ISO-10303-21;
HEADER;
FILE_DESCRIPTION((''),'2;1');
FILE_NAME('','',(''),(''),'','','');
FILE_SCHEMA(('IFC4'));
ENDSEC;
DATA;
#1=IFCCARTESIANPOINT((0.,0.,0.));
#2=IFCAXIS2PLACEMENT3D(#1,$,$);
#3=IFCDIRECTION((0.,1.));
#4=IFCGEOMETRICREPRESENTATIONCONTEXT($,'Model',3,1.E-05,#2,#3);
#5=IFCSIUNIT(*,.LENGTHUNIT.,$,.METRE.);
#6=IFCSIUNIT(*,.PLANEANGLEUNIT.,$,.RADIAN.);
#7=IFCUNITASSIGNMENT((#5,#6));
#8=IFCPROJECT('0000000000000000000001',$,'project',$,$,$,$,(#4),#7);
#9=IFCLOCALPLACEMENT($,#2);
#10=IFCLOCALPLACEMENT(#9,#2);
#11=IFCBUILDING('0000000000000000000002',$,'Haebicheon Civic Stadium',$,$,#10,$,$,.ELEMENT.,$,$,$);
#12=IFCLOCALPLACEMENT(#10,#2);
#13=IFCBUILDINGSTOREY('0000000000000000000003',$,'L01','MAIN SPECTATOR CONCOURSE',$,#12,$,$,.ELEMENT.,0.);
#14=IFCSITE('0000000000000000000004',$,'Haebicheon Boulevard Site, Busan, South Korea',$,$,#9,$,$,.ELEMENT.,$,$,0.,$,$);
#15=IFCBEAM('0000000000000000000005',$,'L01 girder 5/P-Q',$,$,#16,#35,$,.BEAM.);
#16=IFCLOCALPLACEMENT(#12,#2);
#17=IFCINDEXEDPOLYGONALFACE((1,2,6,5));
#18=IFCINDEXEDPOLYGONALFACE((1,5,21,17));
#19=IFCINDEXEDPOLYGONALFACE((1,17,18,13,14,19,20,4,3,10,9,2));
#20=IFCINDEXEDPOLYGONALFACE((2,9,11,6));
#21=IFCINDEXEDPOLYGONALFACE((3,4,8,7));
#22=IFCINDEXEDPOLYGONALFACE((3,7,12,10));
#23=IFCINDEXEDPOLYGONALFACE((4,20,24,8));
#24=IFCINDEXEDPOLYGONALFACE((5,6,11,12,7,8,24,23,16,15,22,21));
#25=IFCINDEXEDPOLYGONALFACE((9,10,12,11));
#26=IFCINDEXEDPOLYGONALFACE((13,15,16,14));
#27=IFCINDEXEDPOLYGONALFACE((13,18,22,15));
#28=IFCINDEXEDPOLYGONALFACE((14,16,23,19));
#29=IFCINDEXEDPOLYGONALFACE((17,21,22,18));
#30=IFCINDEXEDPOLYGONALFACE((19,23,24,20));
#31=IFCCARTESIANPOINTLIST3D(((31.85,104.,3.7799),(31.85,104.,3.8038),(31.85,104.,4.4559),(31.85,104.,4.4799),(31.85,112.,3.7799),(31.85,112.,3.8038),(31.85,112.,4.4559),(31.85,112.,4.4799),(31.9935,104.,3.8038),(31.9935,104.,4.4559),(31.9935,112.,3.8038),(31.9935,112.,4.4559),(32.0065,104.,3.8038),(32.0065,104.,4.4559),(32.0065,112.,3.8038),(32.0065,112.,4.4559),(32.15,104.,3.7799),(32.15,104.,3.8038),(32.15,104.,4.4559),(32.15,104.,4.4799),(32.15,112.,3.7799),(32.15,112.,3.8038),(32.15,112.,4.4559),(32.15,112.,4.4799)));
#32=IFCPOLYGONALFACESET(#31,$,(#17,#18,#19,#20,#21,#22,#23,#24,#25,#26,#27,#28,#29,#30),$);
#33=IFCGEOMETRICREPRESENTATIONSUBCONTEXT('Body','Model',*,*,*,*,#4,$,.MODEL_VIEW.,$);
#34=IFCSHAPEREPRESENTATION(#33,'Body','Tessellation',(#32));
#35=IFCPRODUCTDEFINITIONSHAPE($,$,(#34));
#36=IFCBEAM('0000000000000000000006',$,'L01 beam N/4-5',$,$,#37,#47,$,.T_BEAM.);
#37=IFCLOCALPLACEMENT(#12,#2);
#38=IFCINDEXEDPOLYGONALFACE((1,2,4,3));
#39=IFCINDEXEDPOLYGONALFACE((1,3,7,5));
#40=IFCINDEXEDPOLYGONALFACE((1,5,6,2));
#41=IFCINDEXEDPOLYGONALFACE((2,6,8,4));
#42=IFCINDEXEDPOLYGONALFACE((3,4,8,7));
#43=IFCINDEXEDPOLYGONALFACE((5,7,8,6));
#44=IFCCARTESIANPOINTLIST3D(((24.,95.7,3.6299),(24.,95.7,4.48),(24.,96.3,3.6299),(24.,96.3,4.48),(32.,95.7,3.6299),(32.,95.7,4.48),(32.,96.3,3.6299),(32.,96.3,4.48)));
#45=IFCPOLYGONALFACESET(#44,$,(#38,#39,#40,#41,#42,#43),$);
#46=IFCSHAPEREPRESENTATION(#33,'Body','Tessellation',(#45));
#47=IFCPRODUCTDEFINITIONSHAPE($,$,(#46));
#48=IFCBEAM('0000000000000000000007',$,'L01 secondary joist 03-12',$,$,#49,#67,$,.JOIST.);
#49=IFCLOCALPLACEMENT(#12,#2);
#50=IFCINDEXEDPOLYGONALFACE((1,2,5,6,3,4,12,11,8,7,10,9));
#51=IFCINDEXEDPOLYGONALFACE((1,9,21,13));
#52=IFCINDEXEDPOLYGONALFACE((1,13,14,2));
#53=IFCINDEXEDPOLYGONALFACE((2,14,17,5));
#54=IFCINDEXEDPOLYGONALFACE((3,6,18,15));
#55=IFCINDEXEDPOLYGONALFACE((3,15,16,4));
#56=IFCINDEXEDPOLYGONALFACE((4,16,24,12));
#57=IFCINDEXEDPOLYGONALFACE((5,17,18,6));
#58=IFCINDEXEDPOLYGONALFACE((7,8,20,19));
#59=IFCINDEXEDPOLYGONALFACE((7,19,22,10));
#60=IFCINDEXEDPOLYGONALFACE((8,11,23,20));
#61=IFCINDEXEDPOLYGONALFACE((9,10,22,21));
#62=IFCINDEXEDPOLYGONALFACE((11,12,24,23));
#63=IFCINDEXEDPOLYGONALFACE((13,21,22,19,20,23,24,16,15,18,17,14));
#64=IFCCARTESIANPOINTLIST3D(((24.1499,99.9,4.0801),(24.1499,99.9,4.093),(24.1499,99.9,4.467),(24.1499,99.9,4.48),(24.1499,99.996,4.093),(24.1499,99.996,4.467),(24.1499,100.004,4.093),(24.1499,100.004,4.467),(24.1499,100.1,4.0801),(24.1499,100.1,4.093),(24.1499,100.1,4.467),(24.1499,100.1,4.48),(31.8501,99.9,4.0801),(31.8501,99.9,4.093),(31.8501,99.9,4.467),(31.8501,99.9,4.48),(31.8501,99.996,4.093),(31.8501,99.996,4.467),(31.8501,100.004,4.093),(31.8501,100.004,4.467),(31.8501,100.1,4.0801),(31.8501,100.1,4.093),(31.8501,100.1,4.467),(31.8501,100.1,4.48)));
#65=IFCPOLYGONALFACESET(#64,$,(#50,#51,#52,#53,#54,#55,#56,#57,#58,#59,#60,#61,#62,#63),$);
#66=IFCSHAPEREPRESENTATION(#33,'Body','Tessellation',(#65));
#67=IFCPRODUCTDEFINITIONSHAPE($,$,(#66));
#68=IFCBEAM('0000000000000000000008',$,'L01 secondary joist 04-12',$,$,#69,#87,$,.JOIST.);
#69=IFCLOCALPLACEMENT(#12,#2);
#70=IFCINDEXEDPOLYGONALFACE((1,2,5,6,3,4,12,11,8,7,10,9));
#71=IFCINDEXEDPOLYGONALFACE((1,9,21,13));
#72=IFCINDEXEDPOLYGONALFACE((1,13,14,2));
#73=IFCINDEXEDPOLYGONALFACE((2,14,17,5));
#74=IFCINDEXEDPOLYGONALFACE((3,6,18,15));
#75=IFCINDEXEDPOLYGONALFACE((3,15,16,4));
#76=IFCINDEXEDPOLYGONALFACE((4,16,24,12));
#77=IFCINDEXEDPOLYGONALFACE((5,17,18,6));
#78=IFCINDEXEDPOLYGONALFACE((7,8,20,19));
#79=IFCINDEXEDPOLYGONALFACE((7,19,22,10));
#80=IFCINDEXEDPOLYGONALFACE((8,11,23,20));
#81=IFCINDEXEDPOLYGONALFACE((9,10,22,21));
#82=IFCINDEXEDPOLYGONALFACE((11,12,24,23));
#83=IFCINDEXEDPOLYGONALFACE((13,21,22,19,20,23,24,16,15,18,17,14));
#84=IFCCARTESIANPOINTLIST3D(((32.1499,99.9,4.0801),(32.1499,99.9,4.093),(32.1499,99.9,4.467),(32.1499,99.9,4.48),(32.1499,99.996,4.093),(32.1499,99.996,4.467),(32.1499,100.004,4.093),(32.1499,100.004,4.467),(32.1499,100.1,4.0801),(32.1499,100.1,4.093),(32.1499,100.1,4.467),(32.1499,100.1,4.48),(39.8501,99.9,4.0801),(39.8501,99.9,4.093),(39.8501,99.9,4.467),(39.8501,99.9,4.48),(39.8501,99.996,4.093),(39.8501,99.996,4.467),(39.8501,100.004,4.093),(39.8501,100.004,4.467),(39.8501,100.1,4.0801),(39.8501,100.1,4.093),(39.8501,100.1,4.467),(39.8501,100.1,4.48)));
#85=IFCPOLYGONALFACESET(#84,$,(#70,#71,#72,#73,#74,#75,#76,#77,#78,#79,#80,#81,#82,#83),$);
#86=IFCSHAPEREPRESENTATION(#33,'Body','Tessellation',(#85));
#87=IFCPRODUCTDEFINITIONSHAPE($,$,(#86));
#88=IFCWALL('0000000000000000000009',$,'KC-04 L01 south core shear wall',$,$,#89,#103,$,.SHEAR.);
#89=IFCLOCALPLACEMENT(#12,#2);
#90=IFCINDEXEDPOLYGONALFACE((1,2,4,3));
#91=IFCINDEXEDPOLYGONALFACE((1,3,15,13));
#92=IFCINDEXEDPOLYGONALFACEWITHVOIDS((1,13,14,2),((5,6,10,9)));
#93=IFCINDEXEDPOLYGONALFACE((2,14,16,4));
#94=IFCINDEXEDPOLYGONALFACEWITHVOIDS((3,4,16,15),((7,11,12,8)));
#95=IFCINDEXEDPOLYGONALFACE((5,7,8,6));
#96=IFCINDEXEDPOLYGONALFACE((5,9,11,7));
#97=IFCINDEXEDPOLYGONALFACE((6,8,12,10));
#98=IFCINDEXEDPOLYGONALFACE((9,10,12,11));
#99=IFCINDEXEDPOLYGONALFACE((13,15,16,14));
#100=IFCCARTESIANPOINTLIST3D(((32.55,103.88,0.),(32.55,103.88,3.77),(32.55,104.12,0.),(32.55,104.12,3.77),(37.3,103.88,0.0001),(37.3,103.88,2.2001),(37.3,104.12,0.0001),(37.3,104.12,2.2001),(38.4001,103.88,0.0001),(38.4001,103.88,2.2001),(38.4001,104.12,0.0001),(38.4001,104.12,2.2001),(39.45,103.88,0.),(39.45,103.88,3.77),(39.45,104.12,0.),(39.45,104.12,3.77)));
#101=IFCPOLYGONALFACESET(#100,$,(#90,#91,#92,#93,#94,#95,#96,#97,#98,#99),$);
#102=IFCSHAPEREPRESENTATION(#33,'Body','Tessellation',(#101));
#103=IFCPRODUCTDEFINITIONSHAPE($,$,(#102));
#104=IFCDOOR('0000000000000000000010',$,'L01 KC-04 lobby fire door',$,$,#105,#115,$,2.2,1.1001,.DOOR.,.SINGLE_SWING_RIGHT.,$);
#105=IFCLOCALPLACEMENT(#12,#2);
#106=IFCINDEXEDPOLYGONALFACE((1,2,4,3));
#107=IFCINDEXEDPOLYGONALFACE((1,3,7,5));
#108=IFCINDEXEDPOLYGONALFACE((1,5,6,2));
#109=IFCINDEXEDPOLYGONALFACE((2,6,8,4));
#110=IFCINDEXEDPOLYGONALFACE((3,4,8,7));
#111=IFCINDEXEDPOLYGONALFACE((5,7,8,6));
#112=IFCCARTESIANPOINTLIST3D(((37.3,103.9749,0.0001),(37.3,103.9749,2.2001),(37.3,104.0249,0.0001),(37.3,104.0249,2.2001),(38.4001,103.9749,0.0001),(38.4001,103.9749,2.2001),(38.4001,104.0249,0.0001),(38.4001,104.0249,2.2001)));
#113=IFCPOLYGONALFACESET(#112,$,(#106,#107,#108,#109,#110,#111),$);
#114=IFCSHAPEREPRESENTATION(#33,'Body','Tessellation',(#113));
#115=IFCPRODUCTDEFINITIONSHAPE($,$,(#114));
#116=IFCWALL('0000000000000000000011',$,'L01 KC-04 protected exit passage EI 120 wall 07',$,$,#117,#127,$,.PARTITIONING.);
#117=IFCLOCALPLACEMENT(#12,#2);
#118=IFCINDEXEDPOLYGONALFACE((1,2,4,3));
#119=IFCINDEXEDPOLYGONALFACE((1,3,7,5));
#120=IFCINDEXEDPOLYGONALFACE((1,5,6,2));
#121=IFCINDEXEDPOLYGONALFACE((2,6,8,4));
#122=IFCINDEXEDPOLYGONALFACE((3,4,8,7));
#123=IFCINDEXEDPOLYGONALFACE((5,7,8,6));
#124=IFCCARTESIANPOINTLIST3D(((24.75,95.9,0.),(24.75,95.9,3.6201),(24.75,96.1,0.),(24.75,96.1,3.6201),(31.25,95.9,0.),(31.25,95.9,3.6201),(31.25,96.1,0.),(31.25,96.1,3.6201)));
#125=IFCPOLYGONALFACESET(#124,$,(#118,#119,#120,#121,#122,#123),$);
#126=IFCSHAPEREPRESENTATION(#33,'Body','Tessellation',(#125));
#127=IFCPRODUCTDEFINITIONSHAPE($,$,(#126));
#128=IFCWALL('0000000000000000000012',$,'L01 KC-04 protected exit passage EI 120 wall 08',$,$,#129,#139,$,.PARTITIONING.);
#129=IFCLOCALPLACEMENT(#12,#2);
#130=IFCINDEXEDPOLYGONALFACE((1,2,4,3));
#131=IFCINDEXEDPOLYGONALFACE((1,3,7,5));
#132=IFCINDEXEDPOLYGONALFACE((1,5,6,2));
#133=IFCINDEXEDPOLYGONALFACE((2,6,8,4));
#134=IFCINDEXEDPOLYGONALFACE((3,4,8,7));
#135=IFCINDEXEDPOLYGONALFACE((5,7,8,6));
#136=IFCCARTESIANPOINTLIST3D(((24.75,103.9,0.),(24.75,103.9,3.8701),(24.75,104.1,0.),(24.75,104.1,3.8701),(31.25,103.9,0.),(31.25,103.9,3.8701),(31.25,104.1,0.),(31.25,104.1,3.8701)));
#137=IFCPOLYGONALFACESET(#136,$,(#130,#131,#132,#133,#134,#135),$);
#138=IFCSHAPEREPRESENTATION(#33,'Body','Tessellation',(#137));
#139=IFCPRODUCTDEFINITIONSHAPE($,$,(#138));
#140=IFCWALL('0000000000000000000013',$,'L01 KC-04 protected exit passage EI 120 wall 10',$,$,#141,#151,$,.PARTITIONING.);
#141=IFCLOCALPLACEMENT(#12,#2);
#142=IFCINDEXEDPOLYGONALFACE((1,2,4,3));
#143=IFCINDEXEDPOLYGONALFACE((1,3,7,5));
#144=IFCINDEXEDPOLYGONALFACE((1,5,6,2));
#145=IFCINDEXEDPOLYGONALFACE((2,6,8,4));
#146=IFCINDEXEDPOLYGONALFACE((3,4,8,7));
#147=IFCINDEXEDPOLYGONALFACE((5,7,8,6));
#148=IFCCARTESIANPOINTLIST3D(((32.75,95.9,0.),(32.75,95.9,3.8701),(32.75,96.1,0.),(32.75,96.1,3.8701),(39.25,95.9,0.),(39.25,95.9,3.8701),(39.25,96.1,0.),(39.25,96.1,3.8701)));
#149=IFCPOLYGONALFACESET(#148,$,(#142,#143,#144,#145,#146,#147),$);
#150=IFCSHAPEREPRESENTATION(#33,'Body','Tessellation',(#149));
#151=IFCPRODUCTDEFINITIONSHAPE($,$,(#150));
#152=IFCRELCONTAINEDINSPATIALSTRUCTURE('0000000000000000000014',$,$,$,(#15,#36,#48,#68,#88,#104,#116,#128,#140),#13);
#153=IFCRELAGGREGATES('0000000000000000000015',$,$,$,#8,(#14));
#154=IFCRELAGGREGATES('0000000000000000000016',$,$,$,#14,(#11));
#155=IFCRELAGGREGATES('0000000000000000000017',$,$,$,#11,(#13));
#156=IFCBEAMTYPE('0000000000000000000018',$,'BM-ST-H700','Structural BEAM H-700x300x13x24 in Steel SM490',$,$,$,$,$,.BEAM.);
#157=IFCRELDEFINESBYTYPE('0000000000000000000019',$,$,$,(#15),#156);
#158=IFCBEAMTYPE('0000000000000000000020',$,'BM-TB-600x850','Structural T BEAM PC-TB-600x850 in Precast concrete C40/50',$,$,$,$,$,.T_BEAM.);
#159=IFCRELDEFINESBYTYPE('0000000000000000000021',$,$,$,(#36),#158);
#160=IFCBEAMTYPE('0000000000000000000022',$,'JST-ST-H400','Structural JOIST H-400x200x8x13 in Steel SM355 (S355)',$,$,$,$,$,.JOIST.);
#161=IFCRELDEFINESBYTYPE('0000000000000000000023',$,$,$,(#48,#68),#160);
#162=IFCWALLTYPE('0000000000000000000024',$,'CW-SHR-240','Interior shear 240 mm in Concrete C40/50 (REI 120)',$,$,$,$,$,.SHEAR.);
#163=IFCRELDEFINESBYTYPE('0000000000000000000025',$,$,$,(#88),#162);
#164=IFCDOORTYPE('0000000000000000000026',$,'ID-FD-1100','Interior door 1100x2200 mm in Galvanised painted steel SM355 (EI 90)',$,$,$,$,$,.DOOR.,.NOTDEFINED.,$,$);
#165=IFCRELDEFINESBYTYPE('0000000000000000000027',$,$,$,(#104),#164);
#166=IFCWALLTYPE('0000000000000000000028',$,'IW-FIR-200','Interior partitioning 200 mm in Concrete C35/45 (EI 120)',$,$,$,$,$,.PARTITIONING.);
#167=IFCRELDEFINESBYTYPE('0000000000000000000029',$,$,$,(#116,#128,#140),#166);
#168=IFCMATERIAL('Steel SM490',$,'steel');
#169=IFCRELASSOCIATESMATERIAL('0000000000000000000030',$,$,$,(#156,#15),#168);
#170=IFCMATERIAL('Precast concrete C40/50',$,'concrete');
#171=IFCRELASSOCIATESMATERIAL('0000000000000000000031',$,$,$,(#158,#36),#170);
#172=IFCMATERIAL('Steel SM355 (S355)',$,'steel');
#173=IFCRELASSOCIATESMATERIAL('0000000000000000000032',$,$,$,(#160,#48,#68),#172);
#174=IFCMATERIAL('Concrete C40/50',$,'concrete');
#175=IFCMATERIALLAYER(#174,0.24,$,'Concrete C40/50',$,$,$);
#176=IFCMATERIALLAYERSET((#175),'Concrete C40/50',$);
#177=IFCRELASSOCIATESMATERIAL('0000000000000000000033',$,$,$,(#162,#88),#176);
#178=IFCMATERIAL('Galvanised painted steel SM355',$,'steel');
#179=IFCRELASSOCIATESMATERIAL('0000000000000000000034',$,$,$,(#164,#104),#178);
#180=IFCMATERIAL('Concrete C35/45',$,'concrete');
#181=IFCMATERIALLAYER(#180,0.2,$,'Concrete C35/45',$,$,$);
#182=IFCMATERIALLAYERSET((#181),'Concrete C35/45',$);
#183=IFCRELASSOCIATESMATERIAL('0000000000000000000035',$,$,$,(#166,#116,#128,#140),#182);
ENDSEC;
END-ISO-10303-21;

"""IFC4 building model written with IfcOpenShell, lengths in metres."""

from ifc_helpers import new_model, si_unit, direction, frame, frame_2d, origin, origin_2d, place, context, subcontext, project, spatial, rectangle, i_section, extrude, material, layer, layer_set, material_profile, profile_set, type_object, element, fill, save


model = new_model("IFC4")

# Units and contexts
model_context = context("Model", 3, precision=1e-05, world=origin(), true_north=direction((0.0, 1.0)))
body_context = subcontext(model_context, "Body", "Model", "MODEL_VIEW")
ifc_project = project(units=[si_unit("LENGTHUNIT", "METRE"), si_unit("PLANEANGLEUNIT", "RADIAN")], contexts=[model_context])

# Site, building, storey
site_placement = place(None, origin())
site = spatial("IfcSite", under=ifc_project, at=site_placement, Name="Haebicheon Boulevard Site, Busan, South Korea", CompositionType="ELEMENT", RefElevation=0.0)
building_placement = place(site_placement, origin())
building = spatial("IfcBuilding", under=site, at=building_placement, Name="Haebicheon Civic Stadium", CompositionType="ELEMENT")
storey_placement = place(building_placement, origin())
storey = spatial("IfcBuildingStorey", under=building, at=storey_placement, Name="L01", Description="MAIN SPECTATOR CONCOURSE", CompositionType="ELEMENT", Elevation=0.0)

# Beams
ifc_material_1 = material(Name="Steel SM490", Category="steel")
ifc_material_profile_1 = material_profile(ifc_material_1, i_section(OverallWidth=0.3, OverallDepth=0.7, WebThickness=0.0129, FlangeThickness=0.0239, at=origin_2d()), Name="H-700x300x13x24")
ifc_profile_set_1 = profile_set([ifc_material_profile_1], Name="Steel SM490")
beam_type_1 = type_object("IfcBeamType", Name="BM-ST-H700", Description="Structural BEAM H-700x300x13x24 in Steel SM490", PredefinedType="BEAM", material=ifc_profile_set_1)
for number, where, z_axis, x_axis, name in (
    (1, (32.0, 104.0, 4.1299), (0.0, 1.0, 0.0), (-1.0, 0.0, 0.0), "L01 girder 5/P-Q"),
):
    element("IfcBeam", number, at=place(storey_placement, frame(where, z_axis=z_axis, x_axis=x_axis)), inside=storey, type_object=beam_type_1, material=ifc_profile_set_1, Name=name, PredefinedType="BEAM", context=body_context, shape_type="SweptSolid", body=[
        extrude(i_section(OverallWidth=0.3, OverallDepth=0.7, WebThickness=0.0129, FlangeThickness=0.0239, at=origin_2d()), origin(), (0.0, 0.0, 1.0), 8.0),
    ])
ifc_material_2 = material(Name="Precast concrete C40/50", Category="concrete")
ifc_material_profile_2 = material_profile(ifc_material_2, rectangle(XDim=0.6001, YDim=0.8501, at=origin_2d()), Name="PC-TB-600x850")
ifc_profile_set_2 = profile_set([ifc_material_profile_2], Name="Precast concrete C40/50")
beam_type_2 = type_object("IfcBeamType", Name="BM-TB-600x850", Description="Structural T BEAM PC-TB-600x850 in Precast concrete C40/50", PredefinedType="T_BEAM", material=ifc_profile_set_2)
beam_1_placement = place(storey_placement, frame((24.0, 96.0, 4.0549), z_axis=(1.0, 0.0, 0.0), x_axis=(0.0, 1.0, 0.0)))
element("IfcBeam", 2, at=beam_1_placement, inside=storey, type_object=beam_type_2, material=ifc_profile_set_2, Name="L01 beam N/4-5", PredefinedType="T_BEAM", context=body_context, shape_type="SweptSolid", body=[
    extrude(rectangle(XDim=0.6001, YDim=0.8501, at=origin_2d()), origin(), (0.0, 0.0, 1.0), 8.0),
])
ifc_material_3 = material(Name="Steel SM355 (S355)", Category="steel")
ifc_material_profile_3 = material_profile(ifc_material_3, i_section(OverallWidth=0.2, OverallDepth=0.3999, WebThickness=0.0081, FlangeThickness=0.0129, at=origin_2d()), Name="H-400x200x8x13")
ifc_profile_set_3 = profile_set([ifc_material_profile_3], Name="Steel SM355 (S355)")
beam_type_3 = type_object("IfcBeamType", Name="JST-ST-H400", Description="Structural JOIST H-400x200x8x13 in Steel SM355 (S355)", PredefinedType="JOIST", material=ifc_profile_set_3)
for number, where, z_axis, x_axis, name in (
    (3, (24.1499, 100.0, 4.28), (1.0, 0.0, 0.0), (0.0, 1.0, 0.0), "L01 secondary joist 03-12"),
    (4, (32.1499, 100.0, 4.28), (1.0, 0.0, 0.0), (0.0, 1.0, 0.0), "L01 secondary joist 04-12"),
):
    element("IfcBeam", number, at=place(storey_placement, frame(where, z_axis=z_axis, x_axis=x_axis)), inside=storey, type_object=beam_type_3, material=ifc_profile_set_3, Name=name, PredefinedType="JOIST", context=body_context, shape_type="SweptSolid", body=[
        extrude(i_section(OverallWidth=0.2, OverallDepth=0.3999, WebThickness=0.0081, FlangeThickness=0.0129, at=origin_2d()), origin(), (0.0, 0.0, 1.0), 7.7002),
    ])

# Wall, opening, door
ifc_material_4 = material(Name="Concrete C40/50", Category="concrete")
ifc_layer_1 = layer(ifc_material_4, 0.24, Name="Concrete C40/50")
ifc_layer_set_1 = layer_set([ifc_layer_1], Name="Concrete C40/50")
wall_type_1 = type_object("IfcWallType", Name="CW-SHR-240", Description="Interior shear 240 mm in Concrete C40/50 (REI 120)", PredefinedType="SHEAR", material=ifc_layer_set_1)
wall_1_placement = place(storey_placement, frame((32.55, 104.0, 0.0), z_axis=(0.0, 0.0, 1.0), x_axis=(1.0, 0.0, 0.0)))
wall_1 = element("IfcWall", 5, at=wall_1_placement, inside=storey, type_object=wall_type_1, material=ifc_layer_set_1, Name="KC-04 L01 south core shear wall", PredefinedType="SHEAR", context=body_context, shape_type="SweptSolid", body=[
    extrude(rectangle(XDim=6.8999, YDim=0.24, at=frame_2d((3.45, 0.0))), origin(), (0.0, 0.0, 1.0), 3.77),
])
opening_placement = place(wall_1_placement, frame((4.75, 0.0, 0.0)))
opening = element("IfcOpeningElement", 6, at=opening_placement, cuts=wall_1, PredefinedType="OPENING", context=body_context, shape_type="SweptSolid", body=[
    extrude(rectangle(XDim=1.1001, YDim=2.2, at=frame_2d((0.55, 1.1001))), frame((0.0, 0.1299, 0.0), z_axis=(0.0, -1.0, 0.0), x_axis=(1.0, 0.0, 0.0)), (0.0, 0.0, 1.0), 0.26),
])
ifc_material_5 = material(Name="Galvanised painted steel SM355", Category="steel")
door_type = type_object("IfcDoorType", Name="ID-FD-1100", Description="Interior door 1100x2200 mm in Galvanised painted steel SM355 (EI 90)", OperationType="NOTDEFINED", PredefinedType="DOOR", material=ifc_material_5)
door_placement = place(opening_placement, origin())
door = element("IfcDoor", 7, at=door_placement, inside=storey, type_object=door_type, material=ifc_material_5, Name="L01 KC-04 lobby fire door", OperationType="SINGLE_SWING_RIGHT", OverallHeight=2.2, OverallWidth=1.1001, PredefinedType="DOOR", context=body_context, shape_type="SweptSolid", body=[
    extrude(rectangle(XDim=1.1001, YDim=2.2, at=frame_2d((0.55, 1.1001))), frame((0.0, 0.0249, 0.0), z_axis=(0.0, -1.0, 0.0), x_axis=(1.0, 0.0, 0.0)), (0.0, 0.0, 1.0), 0.05),
])
fill(opening, door)

# Walls
ifc_material_6 = material(Name="Concrete C35/45", Category="concrete")
ifc_layer_2 = layer(ifc_material_6, 0.2, Name="Concrete C35/45")
ifc_layer_set_2 = layer_set([ifc_layer_2], Name="Concrete C35/45")
wall_type_2 = type_object("IfcWallType", Name="IW-FIR-200", Description="Interior partitioning 200 mm in Concrete C35/45 (EI 120)", PredefinedType="PARTITIONING", material=ifc_layer_set_2)
wall_2_placement = place(storey_placement, frame((24.75, 96.0, 0.0), z_axis=(0.0, 0.0, 1.0), x_axis=(1.0, 0.0, 0.0)))
element("IfcWall", 8, at=wall_2_placement, inside=storey, type_object=wall_type_2, material=ifc_layer_set_2, Name="L01 KC-04 protected exit passage EI 120 wall 07", PredefinedType="PARTITIONING", context=body_context, shape_type="SweptSolid", body=[
    extrude(rectangle(XDim=6.5, YDim=0.2, at=frame_2d((3.25, 0.0))), origin(), (0.0, 0.0, 1.0), 3.6201),
])
for number, where, z_axis, x_axis, name in (
    (9, (24.75, 104.0, 0.0), (0.0, 0.0, 1.0), (1.0, 0.0, 0.0), "L01 KC-04 protected exit passage EI 120 wall 08"),
    (10, (32.75, 96.0, 0.0), (0.0, 0.0, 1.0), (1.0, 0.0, 0.0), "L01 KC-04 protected exit passage EI 120 wall 10"),
):
    element("IfcWall", number, at=place(storey_placement, frame(where, z_axis=z_axis, x_axis=x_axis)), inside=storey, type_object=wall_type_2, material=ifc_layer_set_2, Name=name, PredefinedType="PARTITIONING", context=body_context, shape_type="SweptSolid", body=[
        extrude(rectangle(XDim=6.5, YDim=0.2, at=frame_2d((3.25, 0.0))), origin(), (0.0, 0.0, 1.0), 3.8701),
    ])

save(model, "model.ifc")
